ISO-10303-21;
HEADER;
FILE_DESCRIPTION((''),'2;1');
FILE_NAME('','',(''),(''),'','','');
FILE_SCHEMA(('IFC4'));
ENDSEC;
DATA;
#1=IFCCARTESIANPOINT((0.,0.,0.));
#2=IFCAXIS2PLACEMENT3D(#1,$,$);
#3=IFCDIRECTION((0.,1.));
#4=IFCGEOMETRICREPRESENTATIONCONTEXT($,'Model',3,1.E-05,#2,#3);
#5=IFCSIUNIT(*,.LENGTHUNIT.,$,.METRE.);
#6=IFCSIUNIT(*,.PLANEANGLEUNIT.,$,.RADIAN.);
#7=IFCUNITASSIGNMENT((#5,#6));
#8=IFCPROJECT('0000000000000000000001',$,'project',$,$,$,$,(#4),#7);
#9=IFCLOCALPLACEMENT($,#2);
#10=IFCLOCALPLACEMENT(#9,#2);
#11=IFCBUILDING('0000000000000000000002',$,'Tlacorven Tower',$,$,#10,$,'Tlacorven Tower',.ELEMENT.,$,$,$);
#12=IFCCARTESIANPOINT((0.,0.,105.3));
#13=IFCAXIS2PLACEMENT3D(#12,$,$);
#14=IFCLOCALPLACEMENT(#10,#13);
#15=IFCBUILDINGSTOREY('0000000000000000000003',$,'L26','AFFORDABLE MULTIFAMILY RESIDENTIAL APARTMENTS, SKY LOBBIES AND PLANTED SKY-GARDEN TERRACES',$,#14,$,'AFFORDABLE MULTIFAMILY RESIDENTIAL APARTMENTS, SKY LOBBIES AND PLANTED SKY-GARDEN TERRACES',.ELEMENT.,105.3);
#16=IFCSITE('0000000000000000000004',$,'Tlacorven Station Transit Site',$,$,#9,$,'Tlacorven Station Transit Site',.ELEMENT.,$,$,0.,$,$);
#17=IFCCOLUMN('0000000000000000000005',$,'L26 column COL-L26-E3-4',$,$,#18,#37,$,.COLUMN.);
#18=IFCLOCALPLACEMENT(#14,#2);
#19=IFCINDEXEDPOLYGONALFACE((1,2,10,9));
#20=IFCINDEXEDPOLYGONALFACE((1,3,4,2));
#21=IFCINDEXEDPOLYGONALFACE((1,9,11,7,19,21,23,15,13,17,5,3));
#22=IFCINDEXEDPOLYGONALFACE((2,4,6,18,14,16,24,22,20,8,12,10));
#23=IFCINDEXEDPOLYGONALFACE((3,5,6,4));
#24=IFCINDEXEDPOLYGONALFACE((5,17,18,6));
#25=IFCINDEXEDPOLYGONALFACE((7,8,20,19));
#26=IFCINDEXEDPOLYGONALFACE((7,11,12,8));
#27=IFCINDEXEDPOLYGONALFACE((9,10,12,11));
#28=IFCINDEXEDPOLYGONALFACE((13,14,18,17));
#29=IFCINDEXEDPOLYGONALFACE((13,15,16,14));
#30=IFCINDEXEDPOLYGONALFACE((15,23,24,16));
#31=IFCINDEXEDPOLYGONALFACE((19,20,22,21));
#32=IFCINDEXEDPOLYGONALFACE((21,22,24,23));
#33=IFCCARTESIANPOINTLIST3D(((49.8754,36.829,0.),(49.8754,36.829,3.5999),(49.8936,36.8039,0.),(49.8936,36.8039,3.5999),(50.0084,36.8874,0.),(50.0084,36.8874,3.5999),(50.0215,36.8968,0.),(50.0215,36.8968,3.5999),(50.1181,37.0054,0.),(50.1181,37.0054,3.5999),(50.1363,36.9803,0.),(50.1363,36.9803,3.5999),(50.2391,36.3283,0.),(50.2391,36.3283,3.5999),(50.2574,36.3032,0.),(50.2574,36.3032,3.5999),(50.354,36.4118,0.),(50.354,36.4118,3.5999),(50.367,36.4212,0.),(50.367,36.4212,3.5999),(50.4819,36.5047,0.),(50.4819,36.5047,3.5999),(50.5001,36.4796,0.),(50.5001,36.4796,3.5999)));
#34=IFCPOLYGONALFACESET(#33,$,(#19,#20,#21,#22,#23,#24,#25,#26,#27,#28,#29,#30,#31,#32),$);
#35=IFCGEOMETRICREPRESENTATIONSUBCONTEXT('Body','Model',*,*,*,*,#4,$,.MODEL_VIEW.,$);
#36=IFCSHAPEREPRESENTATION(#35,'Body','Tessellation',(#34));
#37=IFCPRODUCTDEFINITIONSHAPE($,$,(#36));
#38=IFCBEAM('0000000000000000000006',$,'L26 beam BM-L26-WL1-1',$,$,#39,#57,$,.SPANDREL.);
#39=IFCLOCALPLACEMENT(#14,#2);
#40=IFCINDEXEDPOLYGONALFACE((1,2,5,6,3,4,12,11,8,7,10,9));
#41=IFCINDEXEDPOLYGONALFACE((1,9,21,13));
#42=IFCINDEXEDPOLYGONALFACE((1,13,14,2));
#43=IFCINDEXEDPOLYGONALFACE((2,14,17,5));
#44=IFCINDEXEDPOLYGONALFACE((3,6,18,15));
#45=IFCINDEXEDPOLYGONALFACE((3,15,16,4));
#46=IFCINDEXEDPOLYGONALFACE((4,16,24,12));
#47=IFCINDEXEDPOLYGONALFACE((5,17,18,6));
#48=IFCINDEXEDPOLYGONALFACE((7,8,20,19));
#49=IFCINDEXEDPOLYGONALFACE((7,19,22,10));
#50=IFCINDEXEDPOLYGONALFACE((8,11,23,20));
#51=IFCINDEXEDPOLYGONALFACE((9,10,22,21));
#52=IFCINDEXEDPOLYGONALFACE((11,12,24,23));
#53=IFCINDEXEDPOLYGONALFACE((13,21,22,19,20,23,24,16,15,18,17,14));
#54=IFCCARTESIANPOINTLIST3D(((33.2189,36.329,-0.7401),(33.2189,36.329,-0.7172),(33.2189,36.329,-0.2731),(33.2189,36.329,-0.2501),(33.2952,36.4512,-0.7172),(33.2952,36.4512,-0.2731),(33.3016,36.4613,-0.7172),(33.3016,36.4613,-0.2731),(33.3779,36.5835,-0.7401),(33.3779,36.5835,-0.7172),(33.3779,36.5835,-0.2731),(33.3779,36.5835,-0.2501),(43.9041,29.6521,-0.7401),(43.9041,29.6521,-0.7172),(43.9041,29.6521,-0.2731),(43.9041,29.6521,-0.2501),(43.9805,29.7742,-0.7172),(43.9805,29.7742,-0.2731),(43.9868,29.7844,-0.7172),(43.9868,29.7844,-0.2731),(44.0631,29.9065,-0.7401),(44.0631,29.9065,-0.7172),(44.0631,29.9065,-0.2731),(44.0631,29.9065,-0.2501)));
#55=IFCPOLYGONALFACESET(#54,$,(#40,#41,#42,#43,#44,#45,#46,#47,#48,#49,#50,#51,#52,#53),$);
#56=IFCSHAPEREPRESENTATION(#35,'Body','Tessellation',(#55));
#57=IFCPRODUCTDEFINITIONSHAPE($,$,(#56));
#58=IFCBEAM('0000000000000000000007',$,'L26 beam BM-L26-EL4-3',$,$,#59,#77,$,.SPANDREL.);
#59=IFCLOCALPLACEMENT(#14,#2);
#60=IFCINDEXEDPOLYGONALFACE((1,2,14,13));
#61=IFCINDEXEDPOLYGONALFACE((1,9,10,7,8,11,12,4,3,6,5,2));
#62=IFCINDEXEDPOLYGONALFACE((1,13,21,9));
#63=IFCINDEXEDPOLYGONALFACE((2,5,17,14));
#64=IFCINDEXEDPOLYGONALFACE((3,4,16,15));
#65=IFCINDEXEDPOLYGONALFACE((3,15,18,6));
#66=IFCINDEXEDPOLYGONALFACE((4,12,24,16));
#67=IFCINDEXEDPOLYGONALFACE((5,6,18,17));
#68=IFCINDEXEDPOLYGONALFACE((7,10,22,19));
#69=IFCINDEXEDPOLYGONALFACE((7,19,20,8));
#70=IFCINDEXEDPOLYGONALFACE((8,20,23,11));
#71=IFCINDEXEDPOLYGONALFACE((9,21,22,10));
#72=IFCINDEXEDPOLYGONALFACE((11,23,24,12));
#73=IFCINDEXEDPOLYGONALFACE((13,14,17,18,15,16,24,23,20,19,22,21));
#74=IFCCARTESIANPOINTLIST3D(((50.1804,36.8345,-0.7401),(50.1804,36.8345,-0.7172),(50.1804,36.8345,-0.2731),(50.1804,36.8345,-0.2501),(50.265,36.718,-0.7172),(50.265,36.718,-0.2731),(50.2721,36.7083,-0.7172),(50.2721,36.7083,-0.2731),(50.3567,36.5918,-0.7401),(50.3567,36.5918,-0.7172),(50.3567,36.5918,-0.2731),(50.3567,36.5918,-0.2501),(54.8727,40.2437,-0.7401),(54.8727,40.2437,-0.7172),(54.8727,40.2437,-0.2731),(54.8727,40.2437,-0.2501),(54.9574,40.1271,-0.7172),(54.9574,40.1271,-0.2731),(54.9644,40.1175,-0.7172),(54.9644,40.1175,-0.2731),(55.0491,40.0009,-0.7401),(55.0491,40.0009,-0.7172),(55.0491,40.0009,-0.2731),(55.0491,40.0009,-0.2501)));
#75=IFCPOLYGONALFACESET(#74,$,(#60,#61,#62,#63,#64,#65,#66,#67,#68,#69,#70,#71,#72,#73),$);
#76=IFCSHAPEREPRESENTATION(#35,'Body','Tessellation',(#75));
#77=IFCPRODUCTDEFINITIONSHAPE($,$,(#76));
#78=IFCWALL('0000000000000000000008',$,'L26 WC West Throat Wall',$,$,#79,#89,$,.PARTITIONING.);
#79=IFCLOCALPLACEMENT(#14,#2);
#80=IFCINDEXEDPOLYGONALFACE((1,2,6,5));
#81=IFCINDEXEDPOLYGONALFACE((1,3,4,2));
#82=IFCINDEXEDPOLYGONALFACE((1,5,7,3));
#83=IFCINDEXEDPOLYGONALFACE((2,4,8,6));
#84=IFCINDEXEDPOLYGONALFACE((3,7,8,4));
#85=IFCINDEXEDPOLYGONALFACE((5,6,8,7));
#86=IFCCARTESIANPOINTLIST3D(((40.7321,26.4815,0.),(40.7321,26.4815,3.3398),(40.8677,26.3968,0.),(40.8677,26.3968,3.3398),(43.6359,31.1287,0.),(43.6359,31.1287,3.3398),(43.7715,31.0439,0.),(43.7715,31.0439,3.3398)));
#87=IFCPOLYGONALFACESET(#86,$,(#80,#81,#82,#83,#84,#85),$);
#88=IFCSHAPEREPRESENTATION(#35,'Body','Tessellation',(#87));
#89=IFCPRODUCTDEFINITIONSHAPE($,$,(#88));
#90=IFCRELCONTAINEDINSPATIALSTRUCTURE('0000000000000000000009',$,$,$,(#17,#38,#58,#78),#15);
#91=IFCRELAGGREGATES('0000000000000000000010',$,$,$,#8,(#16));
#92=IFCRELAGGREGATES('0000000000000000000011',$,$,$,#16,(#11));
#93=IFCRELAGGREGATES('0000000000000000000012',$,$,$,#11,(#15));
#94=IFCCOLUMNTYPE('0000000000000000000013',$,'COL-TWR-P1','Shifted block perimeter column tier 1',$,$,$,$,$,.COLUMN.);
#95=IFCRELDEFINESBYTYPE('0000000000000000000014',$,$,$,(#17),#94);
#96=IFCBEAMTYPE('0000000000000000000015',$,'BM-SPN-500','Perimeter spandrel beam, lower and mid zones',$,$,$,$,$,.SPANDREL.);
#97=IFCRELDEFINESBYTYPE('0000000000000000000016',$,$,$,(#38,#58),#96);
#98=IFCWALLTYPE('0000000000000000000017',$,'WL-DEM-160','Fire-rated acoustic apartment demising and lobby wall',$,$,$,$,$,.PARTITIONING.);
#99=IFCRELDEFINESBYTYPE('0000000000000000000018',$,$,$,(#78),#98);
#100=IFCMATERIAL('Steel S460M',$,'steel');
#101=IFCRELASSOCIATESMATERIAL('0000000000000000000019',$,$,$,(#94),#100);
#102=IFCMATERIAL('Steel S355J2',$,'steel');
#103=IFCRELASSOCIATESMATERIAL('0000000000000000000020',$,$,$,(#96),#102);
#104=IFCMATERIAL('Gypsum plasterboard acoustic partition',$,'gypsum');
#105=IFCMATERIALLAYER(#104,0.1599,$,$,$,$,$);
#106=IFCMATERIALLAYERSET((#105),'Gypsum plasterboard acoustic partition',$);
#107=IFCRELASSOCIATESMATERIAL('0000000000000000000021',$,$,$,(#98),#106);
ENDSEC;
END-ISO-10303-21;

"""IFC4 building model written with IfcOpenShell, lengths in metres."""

from ifc_helpers import new_model, si_unit, direction, frame, frame_2d, origin, origin_2d, place, context, subcontext, project, spatial, rectangle, i_section, extrude, source, transform, mapped, material, layer, layer_set, material_profile, profile_set, type_object, element, save


model = new_model("IFC4")

# Units and contexts
model_context = context("Model", 3, precision=1e-05, world=origin(), true_north=direction((0.0, 1.0)))
body_context = subcontext(model_context, "Body", "Model", "MODEL_VIEW")
ifc_project = project(units=[si_unit("LENGTHUNIT", "METRE"), si_unit("PLANEANGLEUNIT", "RADIAN")], contexts=[model_context])

# Site, building, storey
site_placement = place(None, origin())
site = spatial("IfcSite", under=ifc_project, at=site_placement, Name="Tlacorven Station Transit Site", LongName="Tlacorven Station Transit Site", CompositionType="ELEMENT", RefElevation=0.0)
building_placement = place(site_placement, origin())
building = spatial("IfcBuilding", under=site, at=building_placement, Name="Tlacorven Tower", LongName="Tlacorven Tower", CompositionType="ELEMENT")
storey_placement = place(building_placement, frame((0.0, 0.0, 105.3)))
storey = spatial("IfcBuildingStorey", under=building, at=storey_placement, Name="L26", Description="AFFORDABLE MULTIFAMILY RESIDENTIAL APARTMENTS, SKY LOBBIES AND PLANTED SKY-GARDEN TERRACES", LongName="AFFORDABLE MULTIFAMILY RESIDENTIAL APARTMENTS, SKY LOBBIES AND PLANTED SKY-GARDEN TERRACES", CompositionType="ELEMENT", Elevation=105.3)

# Column
ifc_material_1 = material(Name="Steel S460M", Category="steel")
ifc_material_profile_1 = material_profile(ifc_material_1, i_section(OverallWidth=0.3, OverallDepth=0.6499, WebThickness=0.0161, FlangeThickness=0.031, at=origin_2d()), Name="HEB 650")
ifc_profile_set_1 = profile_set([ifc_material_profile_1], Name="Steel S460M")
column_type = type_object("IfcColumnType", Name="COL-TWR-P1", Description="Shifted block perimeter column tier 1", PredefinedType="COLUMN", material=ifc_profile_set_1)
shared_shape_1 = source(origin(), body_context, "Body", "SweptSolid", [
    extrude(i_section(OverallWidth=0.3, OverallDepth=0.6499, WebThickness=0.0161, FlangeThickness=0.031, at=origin_2d()), origin(), (0.0, 0.0, 1.0), 3.5999),
])
column_placement = place(storey_placement, frame((50.1877, 36.6543, 0.0), z_axis=(0.0, 0.0, 1.0), x_axis=(0.809017, 0.587785, 0.0)))
element("IfcColumn", 1, at=column_placement, inside=storey, type_object=column_type, Name="L26 column COL-L26-E3-4", PredefinedType="COLUMN", context=body_context, shape_type="MappedRepresentation", body=[
    mapped(shared_shape_1, transform((0.0, 0.0, 0.0), scale=1.0)),
])

# Beams
ifc_material_2 = material(Name="Steel S355J2", Category="steel")
ifc_material_profile_2 = material_profile(ifc_material_2, i_section(OverallWidth=0.3, OverallDepth=0.49, WebThickness=0.012, FlangeThickness=0.0229, at=origin_2d()), Name="HEA 500")
ifc_profile_set_2 = profile_set([ifc_material_profile_2], Name="Steel S355J2")
beam_type = type_object("IfcBeamType", Name="BM-SPN-500", Description="Perimeter spandrel beam, lower and mid zones", PredefinedType="SPANDREL", material=ifc_profile_set_2)
shared_shape_2 = source(origin(), body_context, "Body", "SweptSolid", [
    extrude(i_section(OverallWidth=0.3, OverallDepth=0.49, WebThickness=0.012, FlangeThickness=0.0229, at=origin_2d()), origin(), (0.0, 0.0, 1.0), 12.5999),
])
beam_1_placement = place(storey_placement, frame((43.9836, 29.7793, -0.4951), z_axis=(-0.848045, 0.529924, 0.0), x_axis=(-0.529924, -0.848045, 0.0)))
element("IfcBeam", 2, at=beam_1_placement, inside=storey, type_object=beam_type, Name="L26 beam BM-L26-WL1-1", PredefinedType="SPANDREL", context=body_context, shape_type="MappedRepresentation", body=[
    mapped(shared_shape_2, transform((0.0, 0.0, 0.0), scale=1.0)),
])
shared_shape_3 = source(origin(), body_context, "Body", "SweptSolid", [
    extrude(i_section(OverallWidth=0.3, OverallDepth=0.49, WebThickness=0.012, FlangeThickness=0.0229, at=origin_2d()), origin(), (0.0, 0.0, 1.0), 5.8),
])
beam_2_placement = place(storey_placement, frame((50.2686, 36.7131, -0.4951), z_axis=(0.80902, 0.587781, 0.0), x_axis=(-0.587781, 0.80902, 0.0)))
element("IfcBeam", 3, at=beam_2_placement, inside=storey, type_object=beam_type, Name="L26 beam BM-L26-EL4-3", PredefinedType="SPANDREL", context=body_context, shape_type="MappedRepresentation", body=[
    mapped(shared_shape_3, transform((0.0, 0.0, 0.0), scale=1.0)),
])

# Wall
ifc_material_3 = material(Name="Gypsum plasterboard acoustic partition", Category="gypsum")
ifc_layer_1 = layer(ifc_material_3, 0.1599)
ifc_layer_set_1 = layer_set([ifc_layer_1], Name="Gypsum plasterboard acoustic partition")
wall_type_1 = type_object("IfcWallType", Name="WL-DEM-160", Description="Fire-rated acoustic apartment demising and lobby wall", PredefinedType="PARTITIONING", material=ifc_layer_set_1)
wall_1_placement = place(storey_placement, frame((43.7036, 31.0862, 0.0), z_axis=(0.0, 0.0, 1.0), x_axis=(-0.529907, -0.848056, 0.0)))
element("IfcWall", 4, at=wall_1_placement, inside=storey, type_object=wall_type_1, Name="L26 WC West Throat Wall", PredefinedType="PARTITIONING", context=body_context, shape_type="SweptSolid", body=[
    extrude(rectangle(XDim=5.4797, YDim=0.1599, at=frame_2d((2.7397, 0.0))), origin(), (0.0, 0.0, 1.0), 3.3398),
])

save(model, "model.ifc")
